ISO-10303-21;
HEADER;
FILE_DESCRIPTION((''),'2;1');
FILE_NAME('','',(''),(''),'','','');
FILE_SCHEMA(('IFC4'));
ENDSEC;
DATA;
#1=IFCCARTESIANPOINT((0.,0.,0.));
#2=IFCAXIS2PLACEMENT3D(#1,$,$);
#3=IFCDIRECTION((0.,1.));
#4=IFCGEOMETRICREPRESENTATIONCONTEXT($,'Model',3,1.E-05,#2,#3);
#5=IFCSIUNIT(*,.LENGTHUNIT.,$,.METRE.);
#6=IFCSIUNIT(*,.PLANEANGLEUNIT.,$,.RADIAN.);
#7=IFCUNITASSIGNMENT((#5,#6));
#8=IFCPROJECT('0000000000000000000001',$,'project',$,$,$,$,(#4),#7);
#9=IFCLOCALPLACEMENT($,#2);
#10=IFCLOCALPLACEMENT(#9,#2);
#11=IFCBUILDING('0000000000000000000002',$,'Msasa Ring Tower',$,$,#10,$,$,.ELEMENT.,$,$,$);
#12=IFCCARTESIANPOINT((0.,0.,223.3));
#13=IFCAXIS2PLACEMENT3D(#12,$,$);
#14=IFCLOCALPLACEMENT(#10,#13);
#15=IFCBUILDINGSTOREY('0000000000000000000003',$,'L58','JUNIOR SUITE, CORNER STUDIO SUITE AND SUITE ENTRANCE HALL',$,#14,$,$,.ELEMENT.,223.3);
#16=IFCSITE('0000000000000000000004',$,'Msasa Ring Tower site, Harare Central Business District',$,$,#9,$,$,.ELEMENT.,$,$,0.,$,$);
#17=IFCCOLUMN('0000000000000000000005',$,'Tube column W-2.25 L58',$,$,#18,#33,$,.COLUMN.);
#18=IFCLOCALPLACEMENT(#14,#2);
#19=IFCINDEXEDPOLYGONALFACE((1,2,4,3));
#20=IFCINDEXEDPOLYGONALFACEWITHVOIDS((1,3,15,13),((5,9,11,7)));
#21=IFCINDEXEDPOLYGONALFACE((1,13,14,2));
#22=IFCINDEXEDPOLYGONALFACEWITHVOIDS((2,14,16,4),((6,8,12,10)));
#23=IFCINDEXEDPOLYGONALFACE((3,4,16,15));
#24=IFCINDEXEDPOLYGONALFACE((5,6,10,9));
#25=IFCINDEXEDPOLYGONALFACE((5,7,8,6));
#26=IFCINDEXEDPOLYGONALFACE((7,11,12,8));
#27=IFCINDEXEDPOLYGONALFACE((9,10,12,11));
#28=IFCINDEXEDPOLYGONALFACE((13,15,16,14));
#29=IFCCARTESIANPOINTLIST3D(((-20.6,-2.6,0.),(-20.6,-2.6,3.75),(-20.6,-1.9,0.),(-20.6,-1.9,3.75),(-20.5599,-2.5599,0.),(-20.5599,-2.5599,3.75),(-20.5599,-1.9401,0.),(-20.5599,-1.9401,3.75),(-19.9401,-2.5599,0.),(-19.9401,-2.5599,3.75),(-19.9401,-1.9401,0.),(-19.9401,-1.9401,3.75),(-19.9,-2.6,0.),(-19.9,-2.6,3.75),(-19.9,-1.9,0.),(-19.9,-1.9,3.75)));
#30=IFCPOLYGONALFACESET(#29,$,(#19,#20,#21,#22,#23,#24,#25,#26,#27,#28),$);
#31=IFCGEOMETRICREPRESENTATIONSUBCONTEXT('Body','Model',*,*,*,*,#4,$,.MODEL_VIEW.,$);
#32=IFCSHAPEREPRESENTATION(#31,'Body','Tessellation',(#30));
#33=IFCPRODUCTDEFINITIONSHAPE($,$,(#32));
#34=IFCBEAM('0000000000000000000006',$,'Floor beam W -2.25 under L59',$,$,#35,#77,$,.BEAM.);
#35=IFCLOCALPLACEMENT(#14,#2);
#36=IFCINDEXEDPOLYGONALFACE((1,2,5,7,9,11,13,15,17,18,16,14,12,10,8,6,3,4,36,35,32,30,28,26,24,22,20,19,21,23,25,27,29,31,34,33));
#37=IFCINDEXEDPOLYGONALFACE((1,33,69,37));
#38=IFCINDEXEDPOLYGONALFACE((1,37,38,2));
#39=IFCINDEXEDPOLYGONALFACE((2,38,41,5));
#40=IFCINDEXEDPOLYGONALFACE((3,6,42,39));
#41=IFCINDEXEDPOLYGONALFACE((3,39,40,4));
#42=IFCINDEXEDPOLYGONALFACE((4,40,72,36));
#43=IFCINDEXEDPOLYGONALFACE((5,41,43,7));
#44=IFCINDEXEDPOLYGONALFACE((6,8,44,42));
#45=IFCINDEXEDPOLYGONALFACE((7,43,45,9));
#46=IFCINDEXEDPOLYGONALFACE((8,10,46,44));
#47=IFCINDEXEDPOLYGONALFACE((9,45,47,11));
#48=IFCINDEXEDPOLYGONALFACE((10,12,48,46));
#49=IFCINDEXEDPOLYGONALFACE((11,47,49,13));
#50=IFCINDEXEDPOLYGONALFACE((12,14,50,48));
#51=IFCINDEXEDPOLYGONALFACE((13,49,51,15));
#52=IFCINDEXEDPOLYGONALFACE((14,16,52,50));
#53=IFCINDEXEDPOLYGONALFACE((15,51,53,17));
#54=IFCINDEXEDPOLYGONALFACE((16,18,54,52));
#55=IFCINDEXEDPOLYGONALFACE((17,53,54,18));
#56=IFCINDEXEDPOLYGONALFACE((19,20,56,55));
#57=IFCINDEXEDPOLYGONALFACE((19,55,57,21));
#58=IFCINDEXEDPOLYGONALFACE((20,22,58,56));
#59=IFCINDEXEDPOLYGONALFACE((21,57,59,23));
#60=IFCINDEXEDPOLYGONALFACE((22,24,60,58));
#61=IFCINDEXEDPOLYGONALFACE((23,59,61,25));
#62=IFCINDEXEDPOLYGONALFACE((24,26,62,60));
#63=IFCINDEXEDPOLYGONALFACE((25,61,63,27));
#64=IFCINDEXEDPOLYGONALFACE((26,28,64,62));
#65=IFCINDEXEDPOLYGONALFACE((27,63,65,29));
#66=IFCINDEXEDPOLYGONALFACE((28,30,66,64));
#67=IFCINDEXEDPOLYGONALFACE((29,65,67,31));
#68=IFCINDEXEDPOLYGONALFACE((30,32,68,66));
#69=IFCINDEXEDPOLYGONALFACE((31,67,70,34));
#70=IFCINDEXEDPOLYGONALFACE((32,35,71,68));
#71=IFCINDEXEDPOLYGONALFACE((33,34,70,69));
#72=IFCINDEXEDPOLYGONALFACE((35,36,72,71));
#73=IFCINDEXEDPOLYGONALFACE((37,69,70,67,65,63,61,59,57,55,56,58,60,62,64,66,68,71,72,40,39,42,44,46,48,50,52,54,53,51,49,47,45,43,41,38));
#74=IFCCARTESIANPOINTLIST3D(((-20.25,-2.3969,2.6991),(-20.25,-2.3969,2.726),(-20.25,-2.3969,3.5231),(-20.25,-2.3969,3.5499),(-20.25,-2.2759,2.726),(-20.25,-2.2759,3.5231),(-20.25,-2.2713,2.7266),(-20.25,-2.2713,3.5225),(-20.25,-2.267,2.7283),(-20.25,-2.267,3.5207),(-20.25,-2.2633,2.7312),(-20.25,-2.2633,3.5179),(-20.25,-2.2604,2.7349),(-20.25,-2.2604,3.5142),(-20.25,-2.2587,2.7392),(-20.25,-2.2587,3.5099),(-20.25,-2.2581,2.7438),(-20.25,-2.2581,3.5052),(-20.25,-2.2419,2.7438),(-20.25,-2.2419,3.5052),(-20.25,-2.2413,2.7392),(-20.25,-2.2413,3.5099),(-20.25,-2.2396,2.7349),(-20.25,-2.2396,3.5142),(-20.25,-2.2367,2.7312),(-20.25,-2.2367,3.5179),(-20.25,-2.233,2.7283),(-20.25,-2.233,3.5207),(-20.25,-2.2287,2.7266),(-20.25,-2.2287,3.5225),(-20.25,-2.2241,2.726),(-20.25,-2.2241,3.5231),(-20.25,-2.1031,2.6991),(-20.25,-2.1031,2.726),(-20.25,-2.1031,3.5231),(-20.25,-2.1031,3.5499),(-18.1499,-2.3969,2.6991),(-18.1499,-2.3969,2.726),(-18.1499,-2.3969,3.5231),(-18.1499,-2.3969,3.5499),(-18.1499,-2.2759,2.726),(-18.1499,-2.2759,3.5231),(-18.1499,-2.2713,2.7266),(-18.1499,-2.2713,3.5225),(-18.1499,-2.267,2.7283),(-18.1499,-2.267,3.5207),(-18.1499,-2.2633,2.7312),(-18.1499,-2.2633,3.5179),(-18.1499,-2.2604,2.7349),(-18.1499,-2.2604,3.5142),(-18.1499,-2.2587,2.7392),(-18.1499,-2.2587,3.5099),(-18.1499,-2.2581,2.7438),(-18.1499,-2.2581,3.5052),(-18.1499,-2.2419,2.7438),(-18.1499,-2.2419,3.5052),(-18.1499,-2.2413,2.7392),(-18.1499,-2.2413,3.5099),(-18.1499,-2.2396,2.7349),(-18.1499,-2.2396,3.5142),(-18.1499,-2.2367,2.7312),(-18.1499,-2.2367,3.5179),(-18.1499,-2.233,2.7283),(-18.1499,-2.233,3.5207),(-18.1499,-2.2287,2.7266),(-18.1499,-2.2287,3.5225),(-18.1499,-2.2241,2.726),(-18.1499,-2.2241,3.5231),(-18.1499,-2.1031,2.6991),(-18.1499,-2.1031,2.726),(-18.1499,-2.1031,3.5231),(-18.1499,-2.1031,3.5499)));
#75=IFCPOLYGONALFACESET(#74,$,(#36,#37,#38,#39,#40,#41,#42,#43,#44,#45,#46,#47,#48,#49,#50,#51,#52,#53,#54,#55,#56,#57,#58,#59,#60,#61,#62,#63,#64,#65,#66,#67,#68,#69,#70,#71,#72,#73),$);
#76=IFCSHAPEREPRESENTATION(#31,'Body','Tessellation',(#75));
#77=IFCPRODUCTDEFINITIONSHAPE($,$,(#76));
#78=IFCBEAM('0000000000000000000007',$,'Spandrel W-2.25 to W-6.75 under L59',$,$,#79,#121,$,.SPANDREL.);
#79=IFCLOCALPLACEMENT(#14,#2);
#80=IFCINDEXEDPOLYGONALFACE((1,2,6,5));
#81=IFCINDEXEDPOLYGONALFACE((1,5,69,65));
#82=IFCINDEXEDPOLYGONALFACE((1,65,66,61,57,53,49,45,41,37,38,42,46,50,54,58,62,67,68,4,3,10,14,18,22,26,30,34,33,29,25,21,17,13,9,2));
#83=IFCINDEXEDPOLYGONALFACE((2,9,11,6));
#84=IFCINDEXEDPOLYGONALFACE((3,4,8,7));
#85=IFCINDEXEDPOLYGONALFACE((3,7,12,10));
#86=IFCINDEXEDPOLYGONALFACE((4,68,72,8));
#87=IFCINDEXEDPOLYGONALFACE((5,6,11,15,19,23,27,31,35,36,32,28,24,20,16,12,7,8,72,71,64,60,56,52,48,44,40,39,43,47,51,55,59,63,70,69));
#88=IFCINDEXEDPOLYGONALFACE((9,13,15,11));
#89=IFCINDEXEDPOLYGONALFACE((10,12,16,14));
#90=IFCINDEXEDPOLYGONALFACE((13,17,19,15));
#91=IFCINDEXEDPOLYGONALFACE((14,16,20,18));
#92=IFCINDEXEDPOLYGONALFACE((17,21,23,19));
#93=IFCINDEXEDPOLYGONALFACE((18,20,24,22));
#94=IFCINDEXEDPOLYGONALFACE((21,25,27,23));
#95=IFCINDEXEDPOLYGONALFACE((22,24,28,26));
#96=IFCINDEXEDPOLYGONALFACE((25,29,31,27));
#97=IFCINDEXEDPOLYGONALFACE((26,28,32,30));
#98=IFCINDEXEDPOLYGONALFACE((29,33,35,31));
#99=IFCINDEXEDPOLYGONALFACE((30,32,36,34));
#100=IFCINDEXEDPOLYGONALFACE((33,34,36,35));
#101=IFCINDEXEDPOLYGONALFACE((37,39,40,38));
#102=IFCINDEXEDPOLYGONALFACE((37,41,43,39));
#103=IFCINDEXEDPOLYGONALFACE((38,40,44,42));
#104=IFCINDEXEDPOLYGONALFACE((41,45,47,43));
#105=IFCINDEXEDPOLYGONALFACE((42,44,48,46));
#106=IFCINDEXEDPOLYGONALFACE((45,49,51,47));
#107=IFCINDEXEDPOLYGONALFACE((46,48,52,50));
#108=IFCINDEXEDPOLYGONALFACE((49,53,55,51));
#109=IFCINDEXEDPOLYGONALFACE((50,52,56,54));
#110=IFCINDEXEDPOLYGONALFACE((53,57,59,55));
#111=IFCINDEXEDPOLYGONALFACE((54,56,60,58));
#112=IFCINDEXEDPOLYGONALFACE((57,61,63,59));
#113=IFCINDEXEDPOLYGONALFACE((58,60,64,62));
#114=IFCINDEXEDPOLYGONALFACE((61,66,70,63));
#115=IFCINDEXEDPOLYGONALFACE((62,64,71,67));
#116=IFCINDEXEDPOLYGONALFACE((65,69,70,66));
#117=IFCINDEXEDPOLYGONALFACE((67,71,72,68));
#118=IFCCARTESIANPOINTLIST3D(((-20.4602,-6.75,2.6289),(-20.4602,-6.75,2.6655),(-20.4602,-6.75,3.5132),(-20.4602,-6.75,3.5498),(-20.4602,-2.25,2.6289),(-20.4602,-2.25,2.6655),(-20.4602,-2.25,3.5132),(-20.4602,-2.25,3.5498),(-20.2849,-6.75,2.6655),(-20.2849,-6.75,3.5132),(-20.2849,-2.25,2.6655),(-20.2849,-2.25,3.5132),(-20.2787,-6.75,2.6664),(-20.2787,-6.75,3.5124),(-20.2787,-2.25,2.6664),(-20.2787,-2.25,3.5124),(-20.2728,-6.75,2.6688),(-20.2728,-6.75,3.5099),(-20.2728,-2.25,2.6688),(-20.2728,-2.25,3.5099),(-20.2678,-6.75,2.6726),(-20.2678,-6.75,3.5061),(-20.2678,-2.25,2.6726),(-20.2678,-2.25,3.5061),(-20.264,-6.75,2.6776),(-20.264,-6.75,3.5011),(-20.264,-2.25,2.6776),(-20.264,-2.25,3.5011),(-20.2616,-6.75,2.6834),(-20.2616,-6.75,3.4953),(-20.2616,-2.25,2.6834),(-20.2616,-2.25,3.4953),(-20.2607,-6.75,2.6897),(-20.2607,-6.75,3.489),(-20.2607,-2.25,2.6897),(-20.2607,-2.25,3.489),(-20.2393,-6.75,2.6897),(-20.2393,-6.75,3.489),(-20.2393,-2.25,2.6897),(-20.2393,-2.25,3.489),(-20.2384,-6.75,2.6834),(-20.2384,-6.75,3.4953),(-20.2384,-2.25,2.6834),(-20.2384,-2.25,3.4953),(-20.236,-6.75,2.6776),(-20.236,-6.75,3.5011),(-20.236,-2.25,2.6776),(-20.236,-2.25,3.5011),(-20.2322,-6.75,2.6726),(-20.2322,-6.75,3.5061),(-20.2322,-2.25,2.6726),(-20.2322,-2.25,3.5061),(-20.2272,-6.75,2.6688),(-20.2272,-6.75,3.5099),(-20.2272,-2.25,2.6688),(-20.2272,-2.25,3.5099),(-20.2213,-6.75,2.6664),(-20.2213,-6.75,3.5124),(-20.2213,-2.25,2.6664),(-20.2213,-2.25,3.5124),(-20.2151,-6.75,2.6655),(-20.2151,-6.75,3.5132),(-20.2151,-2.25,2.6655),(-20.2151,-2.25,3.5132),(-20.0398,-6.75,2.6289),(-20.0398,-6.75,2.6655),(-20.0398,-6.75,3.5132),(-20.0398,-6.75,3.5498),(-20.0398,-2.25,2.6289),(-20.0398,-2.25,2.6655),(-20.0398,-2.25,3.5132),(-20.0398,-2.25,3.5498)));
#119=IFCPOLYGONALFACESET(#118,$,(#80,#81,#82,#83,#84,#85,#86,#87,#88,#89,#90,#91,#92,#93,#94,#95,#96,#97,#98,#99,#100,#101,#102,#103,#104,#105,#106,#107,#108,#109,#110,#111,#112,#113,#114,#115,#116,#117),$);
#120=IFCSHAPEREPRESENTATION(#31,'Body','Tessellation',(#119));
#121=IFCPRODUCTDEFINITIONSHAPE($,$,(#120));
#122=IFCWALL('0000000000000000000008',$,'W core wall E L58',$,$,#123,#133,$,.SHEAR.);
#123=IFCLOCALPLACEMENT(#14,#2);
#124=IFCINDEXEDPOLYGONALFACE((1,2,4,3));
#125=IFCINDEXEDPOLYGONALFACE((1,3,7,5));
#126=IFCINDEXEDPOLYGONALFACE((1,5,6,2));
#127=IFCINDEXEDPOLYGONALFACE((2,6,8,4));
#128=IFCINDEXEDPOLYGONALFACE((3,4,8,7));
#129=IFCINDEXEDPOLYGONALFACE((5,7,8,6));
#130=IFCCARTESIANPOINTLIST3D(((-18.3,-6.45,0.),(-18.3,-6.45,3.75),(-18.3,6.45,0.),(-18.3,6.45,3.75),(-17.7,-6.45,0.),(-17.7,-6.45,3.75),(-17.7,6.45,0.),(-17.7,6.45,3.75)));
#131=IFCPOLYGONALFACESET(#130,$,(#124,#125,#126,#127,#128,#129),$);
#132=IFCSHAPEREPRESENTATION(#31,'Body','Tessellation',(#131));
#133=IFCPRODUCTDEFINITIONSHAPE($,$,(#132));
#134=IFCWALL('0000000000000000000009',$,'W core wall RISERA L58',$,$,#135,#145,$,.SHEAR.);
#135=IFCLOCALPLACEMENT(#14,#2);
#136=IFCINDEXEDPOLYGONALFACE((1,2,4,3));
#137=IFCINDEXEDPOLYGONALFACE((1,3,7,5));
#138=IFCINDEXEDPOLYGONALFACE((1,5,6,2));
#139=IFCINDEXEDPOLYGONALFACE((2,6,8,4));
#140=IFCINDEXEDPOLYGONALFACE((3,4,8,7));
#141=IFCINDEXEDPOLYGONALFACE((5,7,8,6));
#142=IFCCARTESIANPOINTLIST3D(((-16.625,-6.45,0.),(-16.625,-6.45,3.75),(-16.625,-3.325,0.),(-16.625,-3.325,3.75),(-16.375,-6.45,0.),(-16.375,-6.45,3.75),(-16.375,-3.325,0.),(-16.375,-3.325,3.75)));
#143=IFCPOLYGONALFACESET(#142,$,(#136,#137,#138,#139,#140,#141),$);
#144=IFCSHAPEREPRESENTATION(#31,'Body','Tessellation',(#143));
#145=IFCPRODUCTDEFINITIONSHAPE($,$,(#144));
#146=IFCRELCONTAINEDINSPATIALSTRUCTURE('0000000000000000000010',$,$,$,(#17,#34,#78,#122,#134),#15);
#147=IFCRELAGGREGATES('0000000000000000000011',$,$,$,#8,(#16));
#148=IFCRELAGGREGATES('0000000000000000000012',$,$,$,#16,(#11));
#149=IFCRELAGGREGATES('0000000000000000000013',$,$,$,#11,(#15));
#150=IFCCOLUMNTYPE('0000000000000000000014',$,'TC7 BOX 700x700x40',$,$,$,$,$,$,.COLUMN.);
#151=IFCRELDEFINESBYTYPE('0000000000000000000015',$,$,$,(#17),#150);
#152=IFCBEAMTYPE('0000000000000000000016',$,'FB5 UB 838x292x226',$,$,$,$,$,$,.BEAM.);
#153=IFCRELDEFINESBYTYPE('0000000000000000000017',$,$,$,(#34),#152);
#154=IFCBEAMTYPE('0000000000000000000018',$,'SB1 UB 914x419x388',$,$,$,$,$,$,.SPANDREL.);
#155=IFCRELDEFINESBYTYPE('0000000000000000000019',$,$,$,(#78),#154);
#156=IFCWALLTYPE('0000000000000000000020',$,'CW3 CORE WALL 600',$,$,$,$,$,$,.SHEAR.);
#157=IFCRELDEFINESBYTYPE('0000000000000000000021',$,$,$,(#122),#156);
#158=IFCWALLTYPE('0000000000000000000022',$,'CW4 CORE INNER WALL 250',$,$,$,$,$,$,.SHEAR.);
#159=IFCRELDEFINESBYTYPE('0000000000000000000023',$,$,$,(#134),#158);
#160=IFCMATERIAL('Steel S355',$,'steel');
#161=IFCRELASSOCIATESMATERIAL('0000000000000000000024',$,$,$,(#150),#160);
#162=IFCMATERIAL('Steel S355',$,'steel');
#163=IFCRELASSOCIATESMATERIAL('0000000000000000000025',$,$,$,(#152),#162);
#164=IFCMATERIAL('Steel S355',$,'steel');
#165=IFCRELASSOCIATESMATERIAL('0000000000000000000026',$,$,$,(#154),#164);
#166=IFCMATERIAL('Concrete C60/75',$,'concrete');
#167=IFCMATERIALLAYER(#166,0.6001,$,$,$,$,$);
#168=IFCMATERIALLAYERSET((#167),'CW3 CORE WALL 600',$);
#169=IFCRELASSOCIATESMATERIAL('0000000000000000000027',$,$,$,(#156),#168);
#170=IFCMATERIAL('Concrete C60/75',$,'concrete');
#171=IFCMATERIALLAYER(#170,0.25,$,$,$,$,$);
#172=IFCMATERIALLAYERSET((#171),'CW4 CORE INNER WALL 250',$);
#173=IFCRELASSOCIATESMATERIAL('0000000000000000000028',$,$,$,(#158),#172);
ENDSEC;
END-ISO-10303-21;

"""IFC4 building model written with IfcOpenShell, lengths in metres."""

from ifc_helpers import new_model, si_unit, direction, frame, frame_2d, origin, origin_2d, place, context, subcontext, project, spatial, rectangle, hollow_rectangle, i_section, extrude, material, layer, layer_set, material_profile, profile_set, type_object, element, save


model = new_model("IFC4")

# Units and contexts
model_context = context("Model", 3, precision=1e-05, world=origin(), true_north=direction((0.0, 1.0)))
body_context = subcontext(model_context, "Body", "Model", "MODEL_VIEW")
ifc_project = project(units=[si_unit("LENGTHUNIT", "METRE"), si_unit("PLANEANGLEUNIT", "RADIAN")], contexts=[model_context])

# Site, building, storey
site_placement = place(None, origin())
site = spatial("IfcSite", under=ifc_project, at=site_placement, Name="Msasa Ring Tower site, Harare Central Business District", CompositionType="ELEMENT", RefElevation=0.0)
building_placement = place(site_placement, origin())
building = spatial("IfcBuilding", under=site, at=building_placement, Name="Msasa Ring Tower", CompositionType="ELEMENT")
storey_placement = place(building_placement, frame((0.0, 0.0, 223.3)))
storey = spatial("IfcBuildingStorey", under=building, at=storey_placement, Name="L58", Description="JUNIOR SUITE, CORNER STUDIO SUITE AND SUITE ENTRANCE HALL", CompositionType="ELEMENT", Elevation=223.3)

# Column
ifc_material_1 = material(Name="Steel S355", Category="steel")
ifc_material_profile_1 = material_profile(ifc_material_1, hollow_rectangle(XDim=0.7, YDim=0.7, WallThickness=0.04, at=origin_2d()), Name="BOX 700x700x40")
ifc_profile_set_1 = profile_set([ifc_material_profile_1], Name="Steel S355")
column_type = type_object("IfcColumnType", Name="TC7 BOX 700x700x40", PredefinedType="COLUMN", material=ifc_profile_set_1)
column_placement = place(storey_placement, frame((-20.25, -2.25, 0.0), z_axis=(0.0, 0.0, 1.0), x_axis=(1.0, 0.0, 0.0)))
element("IfcColumn", 1, at=column_placement, inside=storey, type_object=column_type, Name="Tube column W-2.25 L58", PredefinedType="COLUMN", context=body_context, shape_type="SweptSolid", body=[
    extrude(hollow_rectangle(XDim=0.7, YDim=0.7, WallThickness=0.04, at=origin_2d()), origin(), (0.0, 0.0, 1.0), 3.75),
])

# Beams
ifc_material_2 = material(Name="Steel S355", Category="steel")
ifc_material_profile_2 = material_profile(ifc_material_2, i_section(OverallWidth=0.2937, OverallDepth=0.8508, WebThickness=0.0161, FlangeThickness=0.0269, FilletRadius=0.0178, at=origin_2d()), Name="UB 838x292x226")
ifc_profile_set_2 = profile_set([ifc_material_profile_2], Name="Steel S355")
beam_type_1 = type_object("IfcBeamType", Name="FB5 UB 838x292x226", PredefinedType="BEAM", material=ifc_profile_set_2)
beam_1_placement = place(storey_placement, frame((-20.25, -2.25, 3.1245), z_axis=(1.0, 0.0, 0.0), x_axis=(0.0, 1.0, 0.0)))
element("IfcBeam", 2, at=beam_1_placement, inside=storey, type_object=beam_type_1, Name="Floor beam W -2.25 under L59", PredefinedType="BEAM", context=body_context, shape_type="SweptSolid", body=[
    extrude(i_section(OverallWidth=0.2937, OverallDepth=0.8508, WebThickness=0.0161, FlangeThickness=0.0269, FilletRadius=0.0178, at=origin_2d()), origin(), (0.0, 0.0, 1.0), 2.1001),
])
ifc_material_3 = material(Name="Steel S355", Category="steel")
ifc_material_profile_3 = material_profile(ifc_material_3, i_section(OverallWidth=0.4204, OverallDepth=0.9209, WebThickness=0.0215, FlangeThickness=0.0366, FilletRadius=0.0242, at=origin_2d()), Name="UB 914x419x388")
ifc_profile_set_3 = profile_set([ifc_material_profile_3], Name="Steel S355")
beam_type_2 = type_object("IfcBeamType", Name="SB1 UB 914x419x388", PredefinedType="SPANDREL", material=ifc_profile_set_3)
beam_2_placement = place(storey_placement, frame((-20.25, -2.25, 3.0894), z_axis=(0.0, -1.0, 0.0), x_axis=(1.0, 0.0, 0.0)))
element("IfcBeam", 3, at=beam_2_placement, inside=storey, type_object=beam_type_2, Name="Spandrel W-2.25 to W-6.75 under L59", PredefinedType="SPANDREL", context=body_context, shape_type="SweptSolid", body=[
    extrude(i_section(OverallWidth=0.4204, OverallDepth=0.9209, WebThickness=0.0215, FlangeThickness=0.0366, FilletRadius=0.0242, at=origin_2d()), origin(), (0.0, 0.0, 1.0), 4.5),
])

# Walls
ifc_material_4 = material(Name="Concrete C60/75", Category="concrete")
ifc_layer_1 = layer(ifc_material_4, 0.6001)
ifc_layer_set_1 = layer_set([ifc_layer_1], Name="CW3 CORE WALL 600")
wall_type_1 = type_object("IfcWallType", Name="CW3 CORE WALL 600", PredefinedType="SHEAR", material=ifc_layer_set_1)
wall_1_placement = place(storey_placement, frame((-18.0, -6.45, 0.0), z_axis=(0.0, 0.0, 1.0), x_axis=(0.0, 1.0, 0.0)))
element("IfcWall", 4, at=wall_1_placement, inside=storey, type_object=wall_type_1, Name="W core wall E L58", PredefinedType="SHEAR", context=body_context, shape_type="SweptSolid", body=[
    extrude(rectangle(XDim=12.8999, YDim=0.6001, at=frame_2d((6.45, 0.0))), origin(), (0.0, 0.0, 1.0), 3.75),
])
ifc_material_5 = material(Name="Concrete C60/75", Category="concrete")
ifc_layer_2 = layer(ifc_material_5, 0.25)
ifc_layer_set_2 = layer_set([ifc_layer_2], Name="CW4 CORE INNER WALL 250")
wall_type_2 = type_object("IfcWallType", Name="CW4 CORE INNER WALL 250", PredefinedType="SHEAR", material=ifc_layer_set_2)
wall_2_placement = place(storey_placement, frame((-16.5, -6.45, 0.0), z_axis=(0.0, 0.0, 1.0), x_axis=(0.0, 1.0, 0.0)))
element("IfcWall", 5, at=wall_2_placement, inside=storey, type_object=wall_type_2, Name="W core wall RISERA L58", PredefinedType="SHEAR", context=body_context, shape_type="SweptSolid", body=[
    extrude(rectangle(XDim=3.125, YDim=0.25, at=frame_2d((1.5625, 0.0))), origin(), (0.0, 0.0, 1.0), 3.75),
])

save(model, "model.ifc")
